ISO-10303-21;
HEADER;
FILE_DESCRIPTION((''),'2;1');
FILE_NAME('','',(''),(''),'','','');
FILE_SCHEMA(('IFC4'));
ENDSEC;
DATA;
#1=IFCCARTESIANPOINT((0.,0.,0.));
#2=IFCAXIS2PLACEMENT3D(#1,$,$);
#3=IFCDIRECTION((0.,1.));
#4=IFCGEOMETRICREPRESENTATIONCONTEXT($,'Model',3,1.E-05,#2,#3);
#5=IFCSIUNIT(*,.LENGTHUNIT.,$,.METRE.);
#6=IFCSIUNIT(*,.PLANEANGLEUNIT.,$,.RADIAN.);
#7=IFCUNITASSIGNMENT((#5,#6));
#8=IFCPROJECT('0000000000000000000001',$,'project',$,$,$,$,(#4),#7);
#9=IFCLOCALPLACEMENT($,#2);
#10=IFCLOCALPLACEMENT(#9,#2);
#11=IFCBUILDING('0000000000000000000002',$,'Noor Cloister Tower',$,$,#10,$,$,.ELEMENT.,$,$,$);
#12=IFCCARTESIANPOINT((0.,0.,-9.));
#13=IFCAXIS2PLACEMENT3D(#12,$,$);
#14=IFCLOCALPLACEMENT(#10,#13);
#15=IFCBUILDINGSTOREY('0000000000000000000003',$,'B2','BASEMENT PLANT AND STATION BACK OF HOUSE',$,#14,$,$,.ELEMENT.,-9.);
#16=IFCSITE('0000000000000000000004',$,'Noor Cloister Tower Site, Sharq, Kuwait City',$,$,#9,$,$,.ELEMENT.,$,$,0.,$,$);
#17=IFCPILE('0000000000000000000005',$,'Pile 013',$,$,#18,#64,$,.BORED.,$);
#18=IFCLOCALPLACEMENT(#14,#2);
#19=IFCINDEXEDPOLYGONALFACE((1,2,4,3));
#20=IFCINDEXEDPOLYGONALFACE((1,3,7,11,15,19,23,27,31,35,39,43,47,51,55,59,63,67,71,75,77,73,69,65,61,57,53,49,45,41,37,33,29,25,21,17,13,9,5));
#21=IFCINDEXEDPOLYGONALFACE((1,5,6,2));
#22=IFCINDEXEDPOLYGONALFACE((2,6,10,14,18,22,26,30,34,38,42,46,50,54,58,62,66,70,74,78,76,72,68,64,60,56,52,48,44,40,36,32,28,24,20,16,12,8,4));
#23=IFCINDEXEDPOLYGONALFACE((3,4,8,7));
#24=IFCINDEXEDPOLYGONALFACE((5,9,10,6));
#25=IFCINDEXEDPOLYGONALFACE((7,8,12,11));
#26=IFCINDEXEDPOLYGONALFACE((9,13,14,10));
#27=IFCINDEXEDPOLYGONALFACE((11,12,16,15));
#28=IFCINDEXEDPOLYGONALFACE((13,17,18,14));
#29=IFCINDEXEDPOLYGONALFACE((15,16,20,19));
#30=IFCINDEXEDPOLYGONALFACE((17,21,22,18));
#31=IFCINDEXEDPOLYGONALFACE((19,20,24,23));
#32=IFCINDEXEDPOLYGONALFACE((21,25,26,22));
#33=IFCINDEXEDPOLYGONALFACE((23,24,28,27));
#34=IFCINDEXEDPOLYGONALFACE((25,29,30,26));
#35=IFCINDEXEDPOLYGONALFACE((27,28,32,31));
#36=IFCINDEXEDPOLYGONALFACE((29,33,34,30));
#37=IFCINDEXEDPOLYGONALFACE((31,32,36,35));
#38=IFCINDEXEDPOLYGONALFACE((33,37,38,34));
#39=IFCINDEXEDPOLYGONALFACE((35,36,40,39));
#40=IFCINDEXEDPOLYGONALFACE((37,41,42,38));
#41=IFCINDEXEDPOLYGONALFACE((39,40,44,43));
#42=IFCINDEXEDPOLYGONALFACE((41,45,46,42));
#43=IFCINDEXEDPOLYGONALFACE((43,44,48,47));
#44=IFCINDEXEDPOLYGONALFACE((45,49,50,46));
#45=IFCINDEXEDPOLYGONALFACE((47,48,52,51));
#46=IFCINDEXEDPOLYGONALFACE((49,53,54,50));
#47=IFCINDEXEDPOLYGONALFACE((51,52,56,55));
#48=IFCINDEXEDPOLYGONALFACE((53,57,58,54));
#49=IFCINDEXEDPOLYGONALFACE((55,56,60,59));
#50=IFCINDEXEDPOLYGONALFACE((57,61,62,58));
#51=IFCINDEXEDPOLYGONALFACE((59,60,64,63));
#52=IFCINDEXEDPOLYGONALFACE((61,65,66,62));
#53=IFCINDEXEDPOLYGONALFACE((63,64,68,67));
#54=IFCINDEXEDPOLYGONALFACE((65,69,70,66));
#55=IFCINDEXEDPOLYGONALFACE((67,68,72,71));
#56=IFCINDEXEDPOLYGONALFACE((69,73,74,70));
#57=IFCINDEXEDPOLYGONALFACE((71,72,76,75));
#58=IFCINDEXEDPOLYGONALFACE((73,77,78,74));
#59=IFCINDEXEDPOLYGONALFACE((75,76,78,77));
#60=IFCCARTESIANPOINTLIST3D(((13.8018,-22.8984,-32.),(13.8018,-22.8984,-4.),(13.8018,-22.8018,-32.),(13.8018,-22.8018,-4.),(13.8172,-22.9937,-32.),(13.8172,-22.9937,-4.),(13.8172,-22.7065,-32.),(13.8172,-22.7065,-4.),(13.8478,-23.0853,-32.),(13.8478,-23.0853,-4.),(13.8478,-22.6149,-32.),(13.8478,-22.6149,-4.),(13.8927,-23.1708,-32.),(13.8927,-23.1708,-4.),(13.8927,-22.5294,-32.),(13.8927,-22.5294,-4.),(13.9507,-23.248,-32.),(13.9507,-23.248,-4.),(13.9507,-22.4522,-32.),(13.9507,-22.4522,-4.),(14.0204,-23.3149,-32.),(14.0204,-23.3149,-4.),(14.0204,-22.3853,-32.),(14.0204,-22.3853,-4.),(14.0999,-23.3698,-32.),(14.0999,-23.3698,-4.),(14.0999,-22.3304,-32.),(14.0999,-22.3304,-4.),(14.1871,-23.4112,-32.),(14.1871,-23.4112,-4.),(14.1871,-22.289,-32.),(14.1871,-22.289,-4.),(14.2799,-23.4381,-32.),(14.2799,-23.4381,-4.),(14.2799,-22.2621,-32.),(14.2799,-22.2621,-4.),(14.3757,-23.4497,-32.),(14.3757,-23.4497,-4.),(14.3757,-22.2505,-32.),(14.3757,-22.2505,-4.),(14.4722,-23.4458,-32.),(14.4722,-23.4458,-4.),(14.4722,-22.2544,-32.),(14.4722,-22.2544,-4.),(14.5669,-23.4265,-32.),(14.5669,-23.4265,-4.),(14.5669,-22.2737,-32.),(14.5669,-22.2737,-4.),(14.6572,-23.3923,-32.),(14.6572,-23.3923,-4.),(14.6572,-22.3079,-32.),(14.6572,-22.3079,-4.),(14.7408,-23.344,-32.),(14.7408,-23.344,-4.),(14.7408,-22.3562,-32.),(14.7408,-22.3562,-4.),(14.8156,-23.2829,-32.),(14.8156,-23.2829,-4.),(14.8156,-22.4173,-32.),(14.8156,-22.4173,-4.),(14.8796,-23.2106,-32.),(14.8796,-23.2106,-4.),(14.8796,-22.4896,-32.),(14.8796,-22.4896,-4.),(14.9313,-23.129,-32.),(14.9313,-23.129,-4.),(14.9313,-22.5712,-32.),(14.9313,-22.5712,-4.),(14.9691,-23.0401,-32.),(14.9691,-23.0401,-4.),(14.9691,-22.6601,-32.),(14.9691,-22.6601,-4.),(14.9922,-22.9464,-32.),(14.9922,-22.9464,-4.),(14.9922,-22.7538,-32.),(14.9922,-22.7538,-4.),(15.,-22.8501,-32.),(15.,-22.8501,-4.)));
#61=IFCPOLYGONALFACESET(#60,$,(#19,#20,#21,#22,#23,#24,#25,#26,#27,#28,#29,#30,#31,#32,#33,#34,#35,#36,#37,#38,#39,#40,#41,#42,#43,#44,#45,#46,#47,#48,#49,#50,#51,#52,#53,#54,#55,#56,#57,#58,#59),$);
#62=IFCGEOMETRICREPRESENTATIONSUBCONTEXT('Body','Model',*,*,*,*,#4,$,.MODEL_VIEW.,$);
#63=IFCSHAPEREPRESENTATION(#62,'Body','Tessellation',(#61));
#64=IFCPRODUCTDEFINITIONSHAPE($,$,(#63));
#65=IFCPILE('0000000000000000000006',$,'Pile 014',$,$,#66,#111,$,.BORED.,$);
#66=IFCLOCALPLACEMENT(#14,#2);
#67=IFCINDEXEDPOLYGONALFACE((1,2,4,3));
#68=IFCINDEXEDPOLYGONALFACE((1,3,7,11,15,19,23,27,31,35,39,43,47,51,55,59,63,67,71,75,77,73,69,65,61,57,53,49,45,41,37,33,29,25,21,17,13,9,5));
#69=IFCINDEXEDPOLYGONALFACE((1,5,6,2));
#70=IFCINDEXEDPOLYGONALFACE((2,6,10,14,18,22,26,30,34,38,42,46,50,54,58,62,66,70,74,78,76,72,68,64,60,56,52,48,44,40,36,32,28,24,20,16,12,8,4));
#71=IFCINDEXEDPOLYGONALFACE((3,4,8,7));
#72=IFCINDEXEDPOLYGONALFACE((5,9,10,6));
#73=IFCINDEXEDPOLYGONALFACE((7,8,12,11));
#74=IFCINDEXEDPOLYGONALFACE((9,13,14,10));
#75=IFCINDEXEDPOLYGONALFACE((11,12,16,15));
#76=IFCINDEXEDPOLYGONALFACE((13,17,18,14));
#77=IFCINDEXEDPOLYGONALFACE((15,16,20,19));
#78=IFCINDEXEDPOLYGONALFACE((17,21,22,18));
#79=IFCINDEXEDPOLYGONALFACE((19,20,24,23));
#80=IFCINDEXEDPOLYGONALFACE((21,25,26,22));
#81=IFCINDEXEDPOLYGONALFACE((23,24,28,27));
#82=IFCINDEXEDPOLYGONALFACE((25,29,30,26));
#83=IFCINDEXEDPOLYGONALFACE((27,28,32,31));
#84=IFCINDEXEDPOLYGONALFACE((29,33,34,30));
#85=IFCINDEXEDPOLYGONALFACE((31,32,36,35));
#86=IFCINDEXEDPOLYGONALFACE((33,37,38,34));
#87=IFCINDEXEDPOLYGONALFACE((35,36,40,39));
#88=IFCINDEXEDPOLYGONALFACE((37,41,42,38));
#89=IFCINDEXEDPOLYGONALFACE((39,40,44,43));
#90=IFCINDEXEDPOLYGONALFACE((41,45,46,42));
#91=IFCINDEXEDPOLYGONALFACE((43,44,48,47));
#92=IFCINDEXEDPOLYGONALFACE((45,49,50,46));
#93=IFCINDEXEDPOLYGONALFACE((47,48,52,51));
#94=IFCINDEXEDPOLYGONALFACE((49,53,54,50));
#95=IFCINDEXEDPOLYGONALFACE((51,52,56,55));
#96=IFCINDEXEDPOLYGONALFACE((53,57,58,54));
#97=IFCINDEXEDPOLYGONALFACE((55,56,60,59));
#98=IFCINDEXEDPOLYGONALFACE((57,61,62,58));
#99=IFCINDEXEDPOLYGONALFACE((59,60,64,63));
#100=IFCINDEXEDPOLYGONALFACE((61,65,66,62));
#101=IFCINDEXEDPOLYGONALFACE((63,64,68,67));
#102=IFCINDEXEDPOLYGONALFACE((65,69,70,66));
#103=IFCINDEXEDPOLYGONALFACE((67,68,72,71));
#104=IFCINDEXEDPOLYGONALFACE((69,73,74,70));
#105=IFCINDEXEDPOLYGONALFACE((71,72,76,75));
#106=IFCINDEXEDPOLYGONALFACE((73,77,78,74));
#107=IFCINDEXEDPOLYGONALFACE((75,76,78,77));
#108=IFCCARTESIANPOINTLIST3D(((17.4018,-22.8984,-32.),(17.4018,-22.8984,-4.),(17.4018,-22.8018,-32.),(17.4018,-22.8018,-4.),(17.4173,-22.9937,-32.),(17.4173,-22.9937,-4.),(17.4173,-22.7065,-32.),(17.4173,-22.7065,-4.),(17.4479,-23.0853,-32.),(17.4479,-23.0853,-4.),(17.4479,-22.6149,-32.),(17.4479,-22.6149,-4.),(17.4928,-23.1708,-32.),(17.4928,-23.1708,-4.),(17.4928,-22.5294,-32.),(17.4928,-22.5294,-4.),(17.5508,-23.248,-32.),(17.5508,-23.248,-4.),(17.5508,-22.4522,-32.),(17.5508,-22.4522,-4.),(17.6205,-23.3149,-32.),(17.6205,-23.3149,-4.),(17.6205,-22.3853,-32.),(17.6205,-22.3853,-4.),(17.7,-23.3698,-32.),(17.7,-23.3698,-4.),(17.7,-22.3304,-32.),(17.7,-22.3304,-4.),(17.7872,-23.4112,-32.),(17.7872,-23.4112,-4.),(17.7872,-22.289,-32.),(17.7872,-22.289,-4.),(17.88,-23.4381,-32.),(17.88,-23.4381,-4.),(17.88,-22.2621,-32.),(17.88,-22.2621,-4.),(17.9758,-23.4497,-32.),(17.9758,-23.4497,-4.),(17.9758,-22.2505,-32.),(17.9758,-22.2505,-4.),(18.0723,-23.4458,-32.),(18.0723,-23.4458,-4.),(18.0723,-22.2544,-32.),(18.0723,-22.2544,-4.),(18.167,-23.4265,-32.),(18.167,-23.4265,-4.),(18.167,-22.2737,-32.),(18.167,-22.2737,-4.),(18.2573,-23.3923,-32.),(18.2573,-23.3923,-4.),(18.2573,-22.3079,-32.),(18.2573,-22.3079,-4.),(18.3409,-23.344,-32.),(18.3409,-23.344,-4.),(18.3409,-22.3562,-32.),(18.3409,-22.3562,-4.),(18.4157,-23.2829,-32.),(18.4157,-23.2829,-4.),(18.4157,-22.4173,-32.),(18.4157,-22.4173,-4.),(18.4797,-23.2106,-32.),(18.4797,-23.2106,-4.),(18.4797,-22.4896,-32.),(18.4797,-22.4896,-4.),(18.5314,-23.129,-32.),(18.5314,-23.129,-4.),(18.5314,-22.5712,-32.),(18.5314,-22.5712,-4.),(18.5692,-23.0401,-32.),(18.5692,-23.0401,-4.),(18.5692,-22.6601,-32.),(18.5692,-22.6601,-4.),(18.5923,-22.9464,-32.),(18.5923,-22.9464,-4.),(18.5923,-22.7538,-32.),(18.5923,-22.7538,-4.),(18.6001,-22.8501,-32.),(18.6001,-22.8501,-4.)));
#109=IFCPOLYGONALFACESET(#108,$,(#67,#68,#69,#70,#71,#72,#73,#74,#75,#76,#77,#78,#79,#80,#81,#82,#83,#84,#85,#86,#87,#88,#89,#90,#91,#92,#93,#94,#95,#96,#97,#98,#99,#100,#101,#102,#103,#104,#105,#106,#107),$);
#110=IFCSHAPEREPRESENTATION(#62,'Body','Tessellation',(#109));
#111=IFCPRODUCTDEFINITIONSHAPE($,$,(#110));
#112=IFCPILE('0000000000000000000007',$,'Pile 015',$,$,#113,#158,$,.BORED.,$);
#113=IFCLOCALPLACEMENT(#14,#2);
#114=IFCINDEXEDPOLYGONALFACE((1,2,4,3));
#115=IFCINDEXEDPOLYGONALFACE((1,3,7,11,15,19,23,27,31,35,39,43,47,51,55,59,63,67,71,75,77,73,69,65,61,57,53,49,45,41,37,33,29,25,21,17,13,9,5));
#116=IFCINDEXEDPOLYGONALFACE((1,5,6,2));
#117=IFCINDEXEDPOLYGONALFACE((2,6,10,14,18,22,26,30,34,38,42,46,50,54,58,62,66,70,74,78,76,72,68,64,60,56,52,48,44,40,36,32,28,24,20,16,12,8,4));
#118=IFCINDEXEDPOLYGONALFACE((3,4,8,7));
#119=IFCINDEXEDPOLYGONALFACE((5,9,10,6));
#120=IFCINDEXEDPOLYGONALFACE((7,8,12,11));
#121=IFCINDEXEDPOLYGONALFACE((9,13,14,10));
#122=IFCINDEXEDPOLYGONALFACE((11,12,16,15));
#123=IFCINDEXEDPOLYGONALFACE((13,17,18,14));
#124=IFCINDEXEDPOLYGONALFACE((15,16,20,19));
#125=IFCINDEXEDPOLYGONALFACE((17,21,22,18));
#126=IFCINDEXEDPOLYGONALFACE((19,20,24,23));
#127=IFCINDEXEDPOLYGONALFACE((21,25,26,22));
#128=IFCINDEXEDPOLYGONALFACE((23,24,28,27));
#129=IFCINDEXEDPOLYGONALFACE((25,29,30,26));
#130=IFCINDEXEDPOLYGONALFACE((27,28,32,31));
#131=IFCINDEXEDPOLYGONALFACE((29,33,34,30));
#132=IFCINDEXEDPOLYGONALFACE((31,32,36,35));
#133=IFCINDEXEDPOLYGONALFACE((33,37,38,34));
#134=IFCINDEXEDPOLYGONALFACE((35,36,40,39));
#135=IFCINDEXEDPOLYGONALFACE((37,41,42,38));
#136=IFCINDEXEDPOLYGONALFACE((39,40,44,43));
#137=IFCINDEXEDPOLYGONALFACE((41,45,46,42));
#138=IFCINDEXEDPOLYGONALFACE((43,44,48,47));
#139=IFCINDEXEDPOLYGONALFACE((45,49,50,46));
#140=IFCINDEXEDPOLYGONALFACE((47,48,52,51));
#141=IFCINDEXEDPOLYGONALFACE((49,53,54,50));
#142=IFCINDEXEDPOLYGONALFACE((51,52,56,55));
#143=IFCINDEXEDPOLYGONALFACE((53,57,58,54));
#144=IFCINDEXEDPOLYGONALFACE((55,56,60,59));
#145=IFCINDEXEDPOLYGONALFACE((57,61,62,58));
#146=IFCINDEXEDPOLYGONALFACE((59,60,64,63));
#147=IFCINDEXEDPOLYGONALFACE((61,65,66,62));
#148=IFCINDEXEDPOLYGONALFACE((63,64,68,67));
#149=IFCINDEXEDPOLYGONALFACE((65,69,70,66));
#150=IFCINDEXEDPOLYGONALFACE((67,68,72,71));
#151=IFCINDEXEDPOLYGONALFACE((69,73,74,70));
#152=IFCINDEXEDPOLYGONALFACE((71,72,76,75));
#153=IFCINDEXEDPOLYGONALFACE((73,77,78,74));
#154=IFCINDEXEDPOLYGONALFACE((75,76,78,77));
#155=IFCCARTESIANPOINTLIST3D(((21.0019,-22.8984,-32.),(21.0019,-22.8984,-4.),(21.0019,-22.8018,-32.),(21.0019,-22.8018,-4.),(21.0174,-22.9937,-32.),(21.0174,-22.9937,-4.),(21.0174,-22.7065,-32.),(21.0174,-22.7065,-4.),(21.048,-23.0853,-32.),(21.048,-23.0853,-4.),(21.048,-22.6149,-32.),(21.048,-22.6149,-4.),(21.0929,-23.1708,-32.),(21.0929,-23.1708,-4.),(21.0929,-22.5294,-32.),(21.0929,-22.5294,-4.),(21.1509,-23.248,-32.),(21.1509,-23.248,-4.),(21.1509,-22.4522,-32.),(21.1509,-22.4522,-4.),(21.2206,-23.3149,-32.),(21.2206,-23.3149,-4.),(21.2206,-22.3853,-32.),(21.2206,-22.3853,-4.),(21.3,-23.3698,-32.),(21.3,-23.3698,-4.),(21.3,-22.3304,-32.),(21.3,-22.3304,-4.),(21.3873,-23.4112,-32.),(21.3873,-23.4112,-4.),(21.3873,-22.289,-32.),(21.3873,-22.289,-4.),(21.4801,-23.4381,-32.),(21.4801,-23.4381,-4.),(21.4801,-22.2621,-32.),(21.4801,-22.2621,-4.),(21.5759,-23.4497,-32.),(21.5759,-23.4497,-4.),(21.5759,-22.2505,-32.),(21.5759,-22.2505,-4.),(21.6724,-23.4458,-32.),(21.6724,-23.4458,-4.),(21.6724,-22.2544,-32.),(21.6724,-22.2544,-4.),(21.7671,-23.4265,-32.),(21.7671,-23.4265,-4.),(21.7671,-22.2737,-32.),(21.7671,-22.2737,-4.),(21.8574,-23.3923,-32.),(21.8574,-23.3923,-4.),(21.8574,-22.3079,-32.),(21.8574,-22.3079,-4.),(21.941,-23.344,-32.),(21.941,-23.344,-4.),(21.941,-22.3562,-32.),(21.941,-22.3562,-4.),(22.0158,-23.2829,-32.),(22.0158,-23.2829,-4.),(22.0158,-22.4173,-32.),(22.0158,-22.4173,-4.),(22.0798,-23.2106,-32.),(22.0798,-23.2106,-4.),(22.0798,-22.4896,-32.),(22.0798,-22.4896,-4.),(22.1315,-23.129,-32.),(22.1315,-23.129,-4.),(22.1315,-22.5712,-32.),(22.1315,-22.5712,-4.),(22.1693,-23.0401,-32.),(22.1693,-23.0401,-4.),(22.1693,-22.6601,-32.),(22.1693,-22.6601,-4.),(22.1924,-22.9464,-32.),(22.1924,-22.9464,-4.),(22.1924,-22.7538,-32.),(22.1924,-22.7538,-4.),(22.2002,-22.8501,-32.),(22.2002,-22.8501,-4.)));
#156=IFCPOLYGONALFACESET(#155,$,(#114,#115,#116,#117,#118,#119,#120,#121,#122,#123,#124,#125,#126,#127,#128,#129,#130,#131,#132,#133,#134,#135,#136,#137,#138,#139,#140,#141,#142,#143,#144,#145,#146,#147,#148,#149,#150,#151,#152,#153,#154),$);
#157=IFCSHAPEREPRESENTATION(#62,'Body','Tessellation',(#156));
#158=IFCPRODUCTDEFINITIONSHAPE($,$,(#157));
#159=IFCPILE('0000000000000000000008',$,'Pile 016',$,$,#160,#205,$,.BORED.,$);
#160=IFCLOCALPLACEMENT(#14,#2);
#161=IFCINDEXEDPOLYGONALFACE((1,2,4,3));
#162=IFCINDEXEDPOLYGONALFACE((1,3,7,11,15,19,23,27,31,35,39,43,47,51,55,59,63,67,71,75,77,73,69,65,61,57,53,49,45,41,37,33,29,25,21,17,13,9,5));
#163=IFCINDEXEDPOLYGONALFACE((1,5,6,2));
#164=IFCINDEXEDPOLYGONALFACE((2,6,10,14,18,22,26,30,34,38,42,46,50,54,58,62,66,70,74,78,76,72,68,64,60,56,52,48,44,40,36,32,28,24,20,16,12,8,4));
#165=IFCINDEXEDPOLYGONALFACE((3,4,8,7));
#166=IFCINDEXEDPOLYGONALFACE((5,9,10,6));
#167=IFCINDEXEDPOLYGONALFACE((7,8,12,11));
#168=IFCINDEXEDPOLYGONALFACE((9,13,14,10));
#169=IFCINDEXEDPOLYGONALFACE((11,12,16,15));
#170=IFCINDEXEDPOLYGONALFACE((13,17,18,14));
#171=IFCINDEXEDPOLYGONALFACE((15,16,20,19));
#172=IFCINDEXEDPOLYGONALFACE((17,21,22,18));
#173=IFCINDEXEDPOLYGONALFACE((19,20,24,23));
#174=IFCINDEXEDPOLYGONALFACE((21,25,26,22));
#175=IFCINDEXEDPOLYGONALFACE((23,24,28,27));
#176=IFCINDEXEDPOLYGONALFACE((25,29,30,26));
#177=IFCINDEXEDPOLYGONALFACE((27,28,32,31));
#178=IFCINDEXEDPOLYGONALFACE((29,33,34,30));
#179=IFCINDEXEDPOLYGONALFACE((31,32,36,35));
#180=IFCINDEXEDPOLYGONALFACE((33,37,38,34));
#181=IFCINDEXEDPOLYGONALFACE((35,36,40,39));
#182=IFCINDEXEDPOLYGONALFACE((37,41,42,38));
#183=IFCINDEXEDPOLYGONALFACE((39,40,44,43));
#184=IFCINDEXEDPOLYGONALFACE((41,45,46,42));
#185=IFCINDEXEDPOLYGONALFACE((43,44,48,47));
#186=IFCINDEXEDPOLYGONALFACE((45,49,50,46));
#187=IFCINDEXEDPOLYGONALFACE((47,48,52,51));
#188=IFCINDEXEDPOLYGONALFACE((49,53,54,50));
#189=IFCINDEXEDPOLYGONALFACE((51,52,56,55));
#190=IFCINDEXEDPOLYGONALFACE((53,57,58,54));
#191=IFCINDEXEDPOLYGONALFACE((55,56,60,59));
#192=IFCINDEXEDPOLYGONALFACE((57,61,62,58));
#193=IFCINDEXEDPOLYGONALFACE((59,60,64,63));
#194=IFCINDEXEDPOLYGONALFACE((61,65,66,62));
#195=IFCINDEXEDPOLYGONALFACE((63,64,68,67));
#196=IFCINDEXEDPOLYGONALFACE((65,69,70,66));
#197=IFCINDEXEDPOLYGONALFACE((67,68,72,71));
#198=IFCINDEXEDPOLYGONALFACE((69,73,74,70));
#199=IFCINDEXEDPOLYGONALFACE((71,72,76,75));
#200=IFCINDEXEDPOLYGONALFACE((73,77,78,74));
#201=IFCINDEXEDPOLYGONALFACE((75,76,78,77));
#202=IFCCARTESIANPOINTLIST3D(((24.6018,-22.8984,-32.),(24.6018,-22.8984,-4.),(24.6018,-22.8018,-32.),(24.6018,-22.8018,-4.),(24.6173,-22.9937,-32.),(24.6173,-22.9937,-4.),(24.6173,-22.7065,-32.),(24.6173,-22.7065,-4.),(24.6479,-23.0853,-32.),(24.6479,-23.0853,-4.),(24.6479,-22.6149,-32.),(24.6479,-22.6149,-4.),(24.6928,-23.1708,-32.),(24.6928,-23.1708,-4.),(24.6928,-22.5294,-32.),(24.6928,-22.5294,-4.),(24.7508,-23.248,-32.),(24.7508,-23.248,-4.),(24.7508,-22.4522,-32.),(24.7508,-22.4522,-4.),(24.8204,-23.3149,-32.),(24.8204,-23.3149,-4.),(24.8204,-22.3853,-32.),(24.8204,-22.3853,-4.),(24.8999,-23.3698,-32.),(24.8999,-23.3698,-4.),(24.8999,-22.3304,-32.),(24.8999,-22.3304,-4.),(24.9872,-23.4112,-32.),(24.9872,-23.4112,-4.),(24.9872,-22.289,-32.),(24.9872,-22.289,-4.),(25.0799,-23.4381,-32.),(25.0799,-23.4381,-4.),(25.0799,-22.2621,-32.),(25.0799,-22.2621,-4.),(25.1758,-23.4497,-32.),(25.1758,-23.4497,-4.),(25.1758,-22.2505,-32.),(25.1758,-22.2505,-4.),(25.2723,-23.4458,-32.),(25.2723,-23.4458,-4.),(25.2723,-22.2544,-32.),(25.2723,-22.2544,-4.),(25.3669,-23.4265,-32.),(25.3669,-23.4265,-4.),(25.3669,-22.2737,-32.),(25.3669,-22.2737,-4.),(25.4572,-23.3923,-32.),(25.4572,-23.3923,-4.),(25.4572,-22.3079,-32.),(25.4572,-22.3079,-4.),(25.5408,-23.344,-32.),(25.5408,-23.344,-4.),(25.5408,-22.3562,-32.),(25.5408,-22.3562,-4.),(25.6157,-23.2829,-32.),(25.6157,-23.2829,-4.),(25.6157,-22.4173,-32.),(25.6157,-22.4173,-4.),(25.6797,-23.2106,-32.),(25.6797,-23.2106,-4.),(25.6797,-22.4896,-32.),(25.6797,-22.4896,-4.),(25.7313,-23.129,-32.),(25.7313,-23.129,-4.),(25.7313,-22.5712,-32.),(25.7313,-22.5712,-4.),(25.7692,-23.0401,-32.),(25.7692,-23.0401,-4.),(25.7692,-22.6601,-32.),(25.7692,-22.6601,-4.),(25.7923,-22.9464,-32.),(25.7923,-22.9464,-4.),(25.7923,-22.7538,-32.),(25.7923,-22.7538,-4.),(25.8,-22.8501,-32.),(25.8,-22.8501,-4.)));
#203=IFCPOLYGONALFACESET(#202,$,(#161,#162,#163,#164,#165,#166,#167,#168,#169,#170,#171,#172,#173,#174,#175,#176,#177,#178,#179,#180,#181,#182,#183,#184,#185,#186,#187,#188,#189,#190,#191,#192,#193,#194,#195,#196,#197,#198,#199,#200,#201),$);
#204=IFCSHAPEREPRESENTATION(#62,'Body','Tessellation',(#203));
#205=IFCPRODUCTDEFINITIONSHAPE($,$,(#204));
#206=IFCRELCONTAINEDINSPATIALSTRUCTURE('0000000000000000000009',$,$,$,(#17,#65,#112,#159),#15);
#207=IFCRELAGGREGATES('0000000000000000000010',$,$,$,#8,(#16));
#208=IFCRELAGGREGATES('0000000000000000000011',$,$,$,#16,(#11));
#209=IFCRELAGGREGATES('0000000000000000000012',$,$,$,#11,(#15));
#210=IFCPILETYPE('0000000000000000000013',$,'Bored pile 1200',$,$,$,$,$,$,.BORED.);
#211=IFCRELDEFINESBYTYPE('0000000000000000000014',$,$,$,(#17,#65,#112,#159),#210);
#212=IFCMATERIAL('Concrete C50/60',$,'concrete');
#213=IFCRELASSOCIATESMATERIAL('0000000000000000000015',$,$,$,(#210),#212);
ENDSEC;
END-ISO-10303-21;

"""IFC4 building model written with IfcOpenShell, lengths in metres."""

from ifc_helpers import new_model, si_unit, direction, frame, origin, origin_2d, place, context, subcontext, project, spatial, circle, extrude, material, material_profile, profile_set, type_object, element, save


model = new_model("IFC4")

# Units and contexts
model_context = context("Model", 3, precision=1e-05, world=origin(), true_north=direction((0.0, 1.0)))
body_context = subcontext(model_context, "Body", "Model", "MODEL_VIEW")
ifc_project = project(units=[si_unit("LENGTHUNIT", "METRE"), si_unit("PLANEANGLEUNIT", "RADIAN")], contexts=[model_context])

# Site, building, storey
site_placement = place(None, origin())
site = spatial("IfcSite", under=ifc_project, at=site_placement, Name="Noor Cloister Tower Site, Sharq, Kuwait City", CompositionType="ELEMENT", RefElevation=0.0)
building_placement = place(site_placement, origin())
building = spatial("IfcBuilding", under=site, at=building_placement, Name="Noor Cloister Tower", CompositionType="ELEMENT")
storey_placement = place(building_placement, frame((0.0, 0.0, -9.0)))
storey = spatial("IfcBuildingStorey", under=building, at=storey_placement, Name="B2", Description="BASEMENT PLANT AND STATION BACK OF HOUSE", CompositionType="ELEMENT", Elevation=-9.0)

# Piles
ifc_material_1 = material(Name="Concrete C50/60", Category="concrete")
ifc_material_profile_1 = material_profile(ifc_material_1, circle(Radius=0.6001, at=origin_2d()), Name="Bored pile 1200")
ifc_profile_set_1 = profile_set([ifc_material_profile_1], Name="Concrete C50/60")
pile_type = type_object("IfcPileType", Name="Bored pile 1200", PredefinedType="BORED", material=ifc_profile_set_1)
for number, where, z_axis, x_axis, name in (
    (1, (14.3999, -22.8501, -4.0), (0.0, 0.0, -1.0), (1.0, 0.0, 0.0), "Pile 013"),
    (2, (18.0, -22.8501, -4.0), (0.0, 0.0, -1.0), (1.0, 0.0, 0.0), "Pile 014"),
    (3, (21.6001, -22.8501, -4.0), (0.0, 0.0, -1.0), (1.0, 0.0, 0.0), "Pile 015"),
    (4, (25.2, -22.8501, -4.0), (0.0, 0.0, -1.0), (1.0, 0.0, 0.0), "Pile 016"),
):
    element("IfcPile", number, at=place(storey_placement, frame(where, z_axis=z_axis, x_axis=x_axis)), inside=storey, type_object=pile_type, Name=name, PredefinedType="BORED", context=body_context, shape_type="SweptSolid", body=[
        extrude(circle(Radius=0.6001, at=origin_2d()), origin(), (0.0, 0.0, 1.0), 28.0),
    ])

save(model, "model.ifc")
